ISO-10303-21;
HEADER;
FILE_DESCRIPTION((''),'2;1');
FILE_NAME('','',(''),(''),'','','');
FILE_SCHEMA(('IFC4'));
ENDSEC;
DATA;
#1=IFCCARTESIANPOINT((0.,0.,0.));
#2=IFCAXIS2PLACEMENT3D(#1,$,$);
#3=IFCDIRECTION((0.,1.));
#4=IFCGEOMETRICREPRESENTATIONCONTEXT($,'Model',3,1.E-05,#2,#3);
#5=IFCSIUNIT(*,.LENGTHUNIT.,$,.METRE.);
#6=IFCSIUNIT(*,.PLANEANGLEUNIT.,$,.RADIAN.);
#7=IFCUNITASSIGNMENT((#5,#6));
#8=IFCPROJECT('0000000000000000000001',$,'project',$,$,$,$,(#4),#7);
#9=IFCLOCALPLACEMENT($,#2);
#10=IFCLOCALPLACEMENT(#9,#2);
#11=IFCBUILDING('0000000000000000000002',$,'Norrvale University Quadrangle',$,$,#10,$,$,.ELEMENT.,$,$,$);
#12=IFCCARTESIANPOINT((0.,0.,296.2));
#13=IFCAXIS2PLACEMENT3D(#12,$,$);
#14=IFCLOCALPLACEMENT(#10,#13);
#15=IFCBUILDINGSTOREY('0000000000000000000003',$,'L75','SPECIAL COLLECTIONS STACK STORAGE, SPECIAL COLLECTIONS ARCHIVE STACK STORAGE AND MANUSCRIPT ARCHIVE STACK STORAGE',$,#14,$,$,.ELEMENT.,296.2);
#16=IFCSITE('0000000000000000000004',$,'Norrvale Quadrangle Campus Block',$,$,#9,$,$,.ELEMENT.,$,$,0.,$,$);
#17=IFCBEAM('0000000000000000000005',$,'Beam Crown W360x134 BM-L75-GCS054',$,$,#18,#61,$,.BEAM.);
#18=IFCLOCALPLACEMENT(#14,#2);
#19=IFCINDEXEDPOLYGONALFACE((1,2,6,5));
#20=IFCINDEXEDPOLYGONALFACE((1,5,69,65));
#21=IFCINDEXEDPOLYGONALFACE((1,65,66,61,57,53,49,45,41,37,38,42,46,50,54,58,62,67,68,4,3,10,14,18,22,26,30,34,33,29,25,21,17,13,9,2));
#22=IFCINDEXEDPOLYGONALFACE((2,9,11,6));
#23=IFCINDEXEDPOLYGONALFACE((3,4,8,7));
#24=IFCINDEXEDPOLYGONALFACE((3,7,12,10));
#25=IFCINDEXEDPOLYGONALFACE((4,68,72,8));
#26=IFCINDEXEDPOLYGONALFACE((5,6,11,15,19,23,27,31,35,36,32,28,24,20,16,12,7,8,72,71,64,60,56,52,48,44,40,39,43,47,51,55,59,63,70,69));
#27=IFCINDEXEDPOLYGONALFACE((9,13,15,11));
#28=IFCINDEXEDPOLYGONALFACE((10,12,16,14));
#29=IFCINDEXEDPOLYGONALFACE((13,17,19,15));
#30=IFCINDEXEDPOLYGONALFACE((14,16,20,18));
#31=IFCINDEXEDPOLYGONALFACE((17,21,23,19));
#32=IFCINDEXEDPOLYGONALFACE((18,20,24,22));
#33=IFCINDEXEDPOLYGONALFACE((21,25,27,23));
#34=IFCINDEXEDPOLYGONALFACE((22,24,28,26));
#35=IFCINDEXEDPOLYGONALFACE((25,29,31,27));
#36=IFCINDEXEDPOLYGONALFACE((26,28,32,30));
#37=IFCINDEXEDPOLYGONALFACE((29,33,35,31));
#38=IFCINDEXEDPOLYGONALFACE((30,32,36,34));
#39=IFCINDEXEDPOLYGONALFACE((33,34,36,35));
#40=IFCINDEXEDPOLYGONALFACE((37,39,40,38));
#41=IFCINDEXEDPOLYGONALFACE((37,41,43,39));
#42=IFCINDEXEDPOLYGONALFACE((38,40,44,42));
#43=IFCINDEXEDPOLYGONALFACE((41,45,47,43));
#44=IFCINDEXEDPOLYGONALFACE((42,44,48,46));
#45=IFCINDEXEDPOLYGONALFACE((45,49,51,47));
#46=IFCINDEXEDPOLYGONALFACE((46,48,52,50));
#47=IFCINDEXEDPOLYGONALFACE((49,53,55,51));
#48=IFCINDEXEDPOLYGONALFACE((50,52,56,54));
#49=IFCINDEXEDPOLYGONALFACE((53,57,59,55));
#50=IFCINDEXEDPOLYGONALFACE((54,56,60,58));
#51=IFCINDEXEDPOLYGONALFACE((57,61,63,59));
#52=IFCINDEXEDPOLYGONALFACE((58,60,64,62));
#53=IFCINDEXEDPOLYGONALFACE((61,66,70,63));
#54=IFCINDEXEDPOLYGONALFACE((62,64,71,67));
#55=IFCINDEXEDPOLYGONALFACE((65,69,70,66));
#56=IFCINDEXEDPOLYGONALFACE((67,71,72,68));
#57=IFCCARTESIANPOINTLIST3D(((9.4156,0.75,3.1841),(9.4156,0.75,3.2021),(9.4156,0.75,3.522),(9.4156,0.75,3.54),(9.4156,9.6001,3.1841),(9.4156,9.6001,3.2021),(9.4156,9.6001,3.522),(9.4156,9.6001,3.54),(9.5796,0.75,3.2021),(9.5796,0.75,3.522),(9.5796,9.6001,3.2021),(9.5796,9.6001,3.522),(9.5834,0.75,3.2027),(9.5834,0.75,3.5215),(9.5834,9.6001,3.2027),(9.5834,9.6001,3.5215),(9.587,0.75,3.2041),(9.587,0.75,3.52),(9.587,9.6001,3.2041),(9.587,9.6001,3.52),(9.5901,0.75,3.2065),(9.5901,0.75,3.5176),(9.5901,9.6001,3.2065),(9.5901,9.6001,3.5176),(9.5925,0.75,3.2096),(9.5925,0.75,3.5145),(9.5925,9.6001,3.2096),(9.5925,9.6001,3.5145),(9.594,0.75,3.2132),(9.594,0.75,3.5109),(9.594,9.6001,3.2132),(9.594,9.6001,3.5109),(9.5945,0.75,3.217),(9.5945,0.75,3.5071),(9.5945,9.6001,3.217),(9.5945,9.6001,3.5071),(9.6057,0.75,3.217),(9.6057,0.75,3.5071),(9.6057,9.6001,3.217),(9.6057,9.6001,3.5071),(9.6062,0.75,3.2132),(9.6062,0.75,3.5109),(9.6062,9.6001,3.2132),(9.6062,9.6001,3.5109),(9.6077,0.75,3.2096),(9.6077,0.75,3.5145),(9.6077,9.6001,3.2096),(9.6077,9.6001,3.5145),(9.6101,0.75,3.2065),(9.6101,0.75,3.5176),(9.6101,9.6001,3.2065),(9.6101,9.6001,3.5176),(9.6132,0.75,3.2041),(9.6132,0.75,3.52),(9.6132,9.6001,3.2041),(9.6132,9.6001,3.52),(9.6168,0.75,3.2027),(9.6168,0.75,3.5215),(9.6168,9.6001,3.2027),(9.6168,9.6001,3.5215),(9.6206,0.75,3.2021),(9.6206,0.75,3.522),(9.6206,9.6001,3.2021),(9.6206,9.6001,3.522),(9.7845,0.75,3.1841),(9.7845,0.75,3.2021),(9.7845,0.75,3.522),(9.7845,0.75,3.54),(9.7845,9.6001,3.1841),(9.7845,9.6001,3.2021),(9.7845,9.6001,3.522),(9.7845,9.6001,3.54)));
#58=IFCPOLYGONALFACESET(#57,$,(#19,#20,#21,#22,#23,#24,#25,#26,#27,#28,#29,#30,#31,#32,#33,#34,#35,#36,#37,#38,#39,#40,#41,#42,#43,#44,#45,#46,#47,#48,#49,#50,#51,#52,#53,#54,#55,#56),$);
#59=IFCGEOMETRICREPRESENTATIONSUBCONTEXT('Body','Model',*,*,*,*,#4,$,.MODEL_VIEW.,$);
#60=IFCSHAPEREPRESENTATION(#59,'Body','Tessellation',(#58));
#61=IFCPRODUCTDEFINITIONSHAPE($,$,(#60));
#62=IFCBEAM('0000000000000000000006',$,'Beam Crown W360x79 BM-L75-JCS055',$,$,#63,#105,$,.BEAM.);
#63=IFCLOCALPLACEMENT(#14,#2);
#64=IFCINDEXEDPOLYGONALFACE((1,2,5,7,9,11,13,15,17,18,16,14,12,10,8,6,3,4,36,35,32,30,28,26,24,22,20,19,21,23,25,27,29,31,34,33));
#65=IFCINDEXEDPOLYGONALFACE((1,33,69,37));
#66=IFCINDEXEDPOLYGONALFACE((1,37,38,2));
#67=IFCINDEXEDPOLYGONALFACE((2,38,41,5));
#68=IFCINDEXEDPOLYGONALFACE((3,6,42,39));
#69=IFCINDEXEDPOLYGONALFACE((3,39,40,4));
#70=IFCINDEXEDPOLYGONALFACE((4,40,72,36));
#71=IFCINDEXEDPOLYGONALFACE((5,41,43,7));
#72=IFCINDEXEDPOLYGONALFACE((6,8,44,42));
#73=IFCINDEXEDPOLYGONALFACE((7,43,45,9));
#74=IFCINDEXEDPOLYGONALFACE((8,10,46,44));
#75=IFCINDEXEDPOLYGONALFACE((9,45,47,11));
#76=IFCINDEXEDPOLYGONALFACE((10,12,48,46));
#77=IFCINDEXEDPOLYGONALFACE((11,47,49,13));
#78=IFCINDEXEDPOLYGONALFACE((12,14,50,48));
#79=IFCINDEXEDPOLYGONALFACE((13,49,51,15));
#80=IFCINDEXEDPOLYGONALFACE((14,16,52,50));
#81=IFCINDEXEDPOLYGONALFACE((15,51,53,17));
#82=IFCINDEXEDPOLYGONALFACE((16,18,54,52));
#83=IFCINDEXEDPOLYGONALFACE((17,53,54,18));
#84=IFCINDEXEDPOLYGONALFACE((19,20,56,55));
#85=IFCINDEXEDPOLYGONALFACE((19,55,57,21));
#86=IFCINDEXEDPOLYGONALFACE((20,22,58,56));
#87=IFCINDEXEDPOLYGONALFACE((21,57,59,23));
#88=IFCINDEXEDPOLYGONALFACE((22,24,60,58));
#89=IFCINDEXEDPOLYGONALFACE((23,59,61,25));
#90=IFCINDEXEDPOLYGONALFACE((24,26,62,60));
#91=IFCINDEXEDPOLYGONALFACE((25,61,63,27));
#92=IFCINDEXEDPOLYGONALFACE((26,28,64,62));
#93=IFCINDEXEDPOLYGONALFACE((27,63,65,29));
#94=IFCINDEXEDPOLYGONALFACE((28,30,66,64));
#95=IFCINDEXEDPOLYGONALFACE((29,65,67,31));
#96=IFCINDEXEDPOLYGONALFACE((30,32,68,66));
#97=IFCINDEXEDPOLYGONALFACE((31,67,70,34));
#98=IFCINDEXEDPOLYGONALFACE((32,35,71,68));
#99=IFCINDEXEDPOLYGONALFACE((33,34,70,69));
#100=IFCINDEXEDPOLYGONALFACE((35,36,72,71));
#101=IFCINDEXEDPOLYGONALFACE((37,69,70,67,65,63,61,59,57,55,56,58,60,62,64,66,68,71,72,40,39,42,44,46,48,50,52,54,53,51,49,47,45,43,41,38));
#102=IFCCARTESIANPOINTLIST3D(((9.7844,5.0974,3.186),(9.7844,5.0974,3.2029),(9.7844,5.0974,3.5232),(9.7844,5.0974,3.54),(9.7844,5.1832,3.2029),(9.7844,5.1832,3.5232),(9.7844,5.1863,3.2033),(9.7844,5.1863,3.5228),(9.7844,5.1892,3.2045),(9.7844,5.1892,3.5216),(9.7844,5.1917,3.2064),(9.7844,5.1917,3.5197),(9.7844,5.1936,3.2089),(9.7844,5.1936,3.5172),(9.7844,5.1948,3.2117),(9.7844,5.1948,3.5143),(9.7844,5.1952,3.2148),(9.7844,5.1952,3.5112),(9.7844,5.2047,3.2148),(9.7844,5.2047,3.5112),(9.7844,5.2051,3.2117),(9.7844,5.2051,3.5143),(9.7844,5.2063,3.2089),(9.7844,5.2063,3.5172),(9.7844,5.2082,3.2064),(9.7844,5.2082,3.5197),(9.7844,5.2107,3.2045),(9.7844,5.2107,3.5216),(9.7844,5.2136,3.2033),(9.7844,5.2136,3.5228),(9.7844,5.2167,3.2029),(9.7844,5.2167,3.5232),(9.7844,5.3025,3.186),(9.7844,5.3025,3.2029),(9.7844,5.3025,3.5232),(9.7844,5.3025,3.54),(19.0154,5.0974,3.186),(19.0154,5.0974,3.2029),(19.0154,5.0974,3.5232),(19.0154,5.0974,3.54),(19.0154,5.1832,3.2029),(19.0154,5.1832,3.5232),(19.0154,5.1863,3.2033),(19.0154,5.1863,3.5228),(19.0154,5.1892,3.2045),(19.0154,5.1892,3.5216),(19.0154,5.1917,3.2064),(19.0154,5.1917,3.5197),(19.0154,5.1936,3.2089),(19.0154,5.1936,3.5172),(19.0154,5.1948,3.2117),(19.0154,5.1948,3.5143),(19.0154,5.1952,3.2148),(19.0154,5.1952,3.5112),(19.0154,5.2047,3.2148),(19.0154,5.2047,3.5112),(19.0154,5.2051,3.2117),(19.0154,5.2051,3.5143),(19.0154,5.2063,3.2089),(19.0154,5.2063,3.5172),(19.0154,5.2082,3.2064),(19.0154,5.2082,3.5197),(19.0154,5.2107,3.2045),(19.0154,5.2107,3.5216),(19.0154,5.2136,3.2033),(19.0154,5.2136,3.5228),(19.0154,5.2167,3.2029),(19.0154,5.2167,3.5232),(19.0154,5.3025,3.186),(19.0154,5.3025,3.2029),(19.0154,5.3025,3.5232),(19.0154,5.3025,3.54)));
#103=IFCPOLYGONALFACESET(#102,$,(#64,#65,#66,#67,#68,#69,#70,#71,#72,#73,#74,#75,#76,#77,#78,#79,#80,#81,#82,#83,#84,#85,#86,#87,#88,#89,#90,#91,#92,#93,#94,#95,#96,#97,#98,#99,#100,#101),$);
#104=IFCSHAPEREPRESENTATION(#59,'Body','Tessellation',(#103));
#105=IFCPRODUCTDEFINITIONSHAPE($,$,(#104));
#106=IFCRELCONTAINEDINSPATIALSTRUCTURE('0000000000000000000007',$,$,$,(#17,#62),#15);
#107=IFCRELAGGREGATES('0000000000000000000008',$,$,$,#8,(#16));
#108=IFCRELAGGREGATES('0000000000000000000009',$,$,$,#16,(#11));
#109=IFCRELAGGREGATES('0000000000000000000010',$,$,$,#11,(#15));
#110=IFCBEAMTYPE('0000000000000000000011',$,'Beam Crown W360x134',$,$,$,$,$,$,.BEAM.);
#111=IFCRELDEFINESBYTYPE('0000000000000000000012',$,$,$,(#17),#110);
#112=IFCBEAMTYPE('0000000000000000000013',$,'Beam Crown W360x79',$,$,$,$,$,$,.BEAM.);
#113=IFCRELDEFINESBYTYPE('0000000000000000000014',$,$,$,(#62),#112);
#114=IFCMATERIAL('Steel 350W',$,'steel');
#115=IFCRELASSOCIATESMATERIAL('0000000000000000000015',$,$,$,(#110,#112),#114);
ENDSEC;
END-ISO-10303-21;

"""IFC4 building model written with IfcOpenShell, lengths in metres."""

from ifc_helpers import new_model, si_unit, direction, frame, origin, origin_2d, place, context, subcontext, project, spatial, i_section, extrude, material, material_profile, profile_set, type_object, element, save


model = new_model("IFC4")

# Units and contexts
model_context = context("Model", 3, precision=1e-05, world=origin(), true_north=direction((0.0, 1.0)))
body_context = subcontext(model_context, "Body", "Model", "MODEL_VIEW")
ifc_project = project(units=[si_unit("LENGTHUNIT", "METRE"), si_unit("PLANEANGLEUNIT", "RADIAN")], contexts=[model_context])

# Site, building, storey
site_placement = place(None, origin())
site = spatial("IfcSite", under=ifc_project, at=site_placement, Name="Norrvale Quadrangle Campus Block", CompositionType="ELEMENT", RefElevation=0.0)
building_placement = place(site_placement, origin())
building = spatial("IfcBuilding", under=site, at=building_placement, Name="Norrvale University Quadrangle", CompositionType="ELEMENT")
storey_placement = place(building_placement, frame((0.0, 0.0, 296.2)))
storey = spatial("IfcBuildingStorey", under=building, at=storey_placement, Name="L75", Description="SPECIAL COLLECTIONS STACK STORAGE, SPECIAL COLLECTIONS ARCHIVE STACK STORAGE AND MANUSCRIPT ARCHIVE STACK STORAGE", CompositionType="ELEMENT", Elevation=296.2)

# Beams
ifc_material_1 = material(Name="Steel 350W", Category="steel")
ifc_material_profile_1 = material_profile(ifc_material_1, i_section(OverallWidth=0.3689, OverallDepth=0.356, WebThickness=0.0112, FlangeThickness=0.0181, FilletRadius=0.0149, at=origin_2d()), Name="Steel 350W")
ifc_profile_set_1 = profile_set([ifc_material_profile_1], Name="Steel 350W")
beam_type_1 = type_object("IfcBeamType", Name="Beam Crown W360x134", PredefinedType="BEAM", material=ifc_profile_set_1)
beam_1_placement = place(storey_placement, frame((9.6001, 0.75, 3.3621), z_axis=(0.0, 1.0, 0.0), x_axis=(-1.0, 0.0, 0.0)))
element("IfcBeam", 1, at=beam_1_placement, inside=storey, type_object=beam_type_1, Name="Beam Crown W360x134 BM-L75-GCS054", PredefinedType="BEAM", context=body_context, shape_type="SweptSolid", body=[
    extrude(i_section(OverallWidth=0.3689, OverallDepth=0.356, WebThickness=0.0112, FlangeThickness=0.0181, FilletRadius=0.0149, at=origin_2d()), origin(), (0.0, 0.0, 1.0), 8.8501),
])
ifc_material_profile_2 = material_profile(ifc_material_1, i_section(OverallWidth=0.2051, OverallDepth=0.354, WebThickness=0.0095, FlangeThickness=0.0168, FilletRadius=0.012, at=origin_2d()), Name="Steel 350W")
ifc_profile_set_2 = profile_set([ifc_material_profile_2], Name="Steel 350W")
beam_type_2 = type_object("IfcBeamType", Name="Beam Crown W360x79", PredefinedType="BEAM", material=ifc_profile_set_2)
beam_2_placement = place(storey_placement, frame((9.7844, 5.2, 3.363), z_axis=(1.0, 0.0, 0.0), x_axis=(0.0, 1.0, 0.0)))
element("IfcBeam", 2, at=beam_2_placement, inside=storey, type_object=beam_type_2, Name="Beam Crown W360x79 BM-L75-JCS055", PredefinedType="BEAM", context=body_context, shape_type="SweptSolid", body=[
    extrude(i_section(OverallWidth=0.2051, OverallDepth=0.354, WebThickness=0.0095, FlangeThickness=0.0168, FilletRadius=0.012, at=origin_2d()), origin(), (0.0, 0.0, 1.0), 9.231),
])

save(model, "model.ifc")
